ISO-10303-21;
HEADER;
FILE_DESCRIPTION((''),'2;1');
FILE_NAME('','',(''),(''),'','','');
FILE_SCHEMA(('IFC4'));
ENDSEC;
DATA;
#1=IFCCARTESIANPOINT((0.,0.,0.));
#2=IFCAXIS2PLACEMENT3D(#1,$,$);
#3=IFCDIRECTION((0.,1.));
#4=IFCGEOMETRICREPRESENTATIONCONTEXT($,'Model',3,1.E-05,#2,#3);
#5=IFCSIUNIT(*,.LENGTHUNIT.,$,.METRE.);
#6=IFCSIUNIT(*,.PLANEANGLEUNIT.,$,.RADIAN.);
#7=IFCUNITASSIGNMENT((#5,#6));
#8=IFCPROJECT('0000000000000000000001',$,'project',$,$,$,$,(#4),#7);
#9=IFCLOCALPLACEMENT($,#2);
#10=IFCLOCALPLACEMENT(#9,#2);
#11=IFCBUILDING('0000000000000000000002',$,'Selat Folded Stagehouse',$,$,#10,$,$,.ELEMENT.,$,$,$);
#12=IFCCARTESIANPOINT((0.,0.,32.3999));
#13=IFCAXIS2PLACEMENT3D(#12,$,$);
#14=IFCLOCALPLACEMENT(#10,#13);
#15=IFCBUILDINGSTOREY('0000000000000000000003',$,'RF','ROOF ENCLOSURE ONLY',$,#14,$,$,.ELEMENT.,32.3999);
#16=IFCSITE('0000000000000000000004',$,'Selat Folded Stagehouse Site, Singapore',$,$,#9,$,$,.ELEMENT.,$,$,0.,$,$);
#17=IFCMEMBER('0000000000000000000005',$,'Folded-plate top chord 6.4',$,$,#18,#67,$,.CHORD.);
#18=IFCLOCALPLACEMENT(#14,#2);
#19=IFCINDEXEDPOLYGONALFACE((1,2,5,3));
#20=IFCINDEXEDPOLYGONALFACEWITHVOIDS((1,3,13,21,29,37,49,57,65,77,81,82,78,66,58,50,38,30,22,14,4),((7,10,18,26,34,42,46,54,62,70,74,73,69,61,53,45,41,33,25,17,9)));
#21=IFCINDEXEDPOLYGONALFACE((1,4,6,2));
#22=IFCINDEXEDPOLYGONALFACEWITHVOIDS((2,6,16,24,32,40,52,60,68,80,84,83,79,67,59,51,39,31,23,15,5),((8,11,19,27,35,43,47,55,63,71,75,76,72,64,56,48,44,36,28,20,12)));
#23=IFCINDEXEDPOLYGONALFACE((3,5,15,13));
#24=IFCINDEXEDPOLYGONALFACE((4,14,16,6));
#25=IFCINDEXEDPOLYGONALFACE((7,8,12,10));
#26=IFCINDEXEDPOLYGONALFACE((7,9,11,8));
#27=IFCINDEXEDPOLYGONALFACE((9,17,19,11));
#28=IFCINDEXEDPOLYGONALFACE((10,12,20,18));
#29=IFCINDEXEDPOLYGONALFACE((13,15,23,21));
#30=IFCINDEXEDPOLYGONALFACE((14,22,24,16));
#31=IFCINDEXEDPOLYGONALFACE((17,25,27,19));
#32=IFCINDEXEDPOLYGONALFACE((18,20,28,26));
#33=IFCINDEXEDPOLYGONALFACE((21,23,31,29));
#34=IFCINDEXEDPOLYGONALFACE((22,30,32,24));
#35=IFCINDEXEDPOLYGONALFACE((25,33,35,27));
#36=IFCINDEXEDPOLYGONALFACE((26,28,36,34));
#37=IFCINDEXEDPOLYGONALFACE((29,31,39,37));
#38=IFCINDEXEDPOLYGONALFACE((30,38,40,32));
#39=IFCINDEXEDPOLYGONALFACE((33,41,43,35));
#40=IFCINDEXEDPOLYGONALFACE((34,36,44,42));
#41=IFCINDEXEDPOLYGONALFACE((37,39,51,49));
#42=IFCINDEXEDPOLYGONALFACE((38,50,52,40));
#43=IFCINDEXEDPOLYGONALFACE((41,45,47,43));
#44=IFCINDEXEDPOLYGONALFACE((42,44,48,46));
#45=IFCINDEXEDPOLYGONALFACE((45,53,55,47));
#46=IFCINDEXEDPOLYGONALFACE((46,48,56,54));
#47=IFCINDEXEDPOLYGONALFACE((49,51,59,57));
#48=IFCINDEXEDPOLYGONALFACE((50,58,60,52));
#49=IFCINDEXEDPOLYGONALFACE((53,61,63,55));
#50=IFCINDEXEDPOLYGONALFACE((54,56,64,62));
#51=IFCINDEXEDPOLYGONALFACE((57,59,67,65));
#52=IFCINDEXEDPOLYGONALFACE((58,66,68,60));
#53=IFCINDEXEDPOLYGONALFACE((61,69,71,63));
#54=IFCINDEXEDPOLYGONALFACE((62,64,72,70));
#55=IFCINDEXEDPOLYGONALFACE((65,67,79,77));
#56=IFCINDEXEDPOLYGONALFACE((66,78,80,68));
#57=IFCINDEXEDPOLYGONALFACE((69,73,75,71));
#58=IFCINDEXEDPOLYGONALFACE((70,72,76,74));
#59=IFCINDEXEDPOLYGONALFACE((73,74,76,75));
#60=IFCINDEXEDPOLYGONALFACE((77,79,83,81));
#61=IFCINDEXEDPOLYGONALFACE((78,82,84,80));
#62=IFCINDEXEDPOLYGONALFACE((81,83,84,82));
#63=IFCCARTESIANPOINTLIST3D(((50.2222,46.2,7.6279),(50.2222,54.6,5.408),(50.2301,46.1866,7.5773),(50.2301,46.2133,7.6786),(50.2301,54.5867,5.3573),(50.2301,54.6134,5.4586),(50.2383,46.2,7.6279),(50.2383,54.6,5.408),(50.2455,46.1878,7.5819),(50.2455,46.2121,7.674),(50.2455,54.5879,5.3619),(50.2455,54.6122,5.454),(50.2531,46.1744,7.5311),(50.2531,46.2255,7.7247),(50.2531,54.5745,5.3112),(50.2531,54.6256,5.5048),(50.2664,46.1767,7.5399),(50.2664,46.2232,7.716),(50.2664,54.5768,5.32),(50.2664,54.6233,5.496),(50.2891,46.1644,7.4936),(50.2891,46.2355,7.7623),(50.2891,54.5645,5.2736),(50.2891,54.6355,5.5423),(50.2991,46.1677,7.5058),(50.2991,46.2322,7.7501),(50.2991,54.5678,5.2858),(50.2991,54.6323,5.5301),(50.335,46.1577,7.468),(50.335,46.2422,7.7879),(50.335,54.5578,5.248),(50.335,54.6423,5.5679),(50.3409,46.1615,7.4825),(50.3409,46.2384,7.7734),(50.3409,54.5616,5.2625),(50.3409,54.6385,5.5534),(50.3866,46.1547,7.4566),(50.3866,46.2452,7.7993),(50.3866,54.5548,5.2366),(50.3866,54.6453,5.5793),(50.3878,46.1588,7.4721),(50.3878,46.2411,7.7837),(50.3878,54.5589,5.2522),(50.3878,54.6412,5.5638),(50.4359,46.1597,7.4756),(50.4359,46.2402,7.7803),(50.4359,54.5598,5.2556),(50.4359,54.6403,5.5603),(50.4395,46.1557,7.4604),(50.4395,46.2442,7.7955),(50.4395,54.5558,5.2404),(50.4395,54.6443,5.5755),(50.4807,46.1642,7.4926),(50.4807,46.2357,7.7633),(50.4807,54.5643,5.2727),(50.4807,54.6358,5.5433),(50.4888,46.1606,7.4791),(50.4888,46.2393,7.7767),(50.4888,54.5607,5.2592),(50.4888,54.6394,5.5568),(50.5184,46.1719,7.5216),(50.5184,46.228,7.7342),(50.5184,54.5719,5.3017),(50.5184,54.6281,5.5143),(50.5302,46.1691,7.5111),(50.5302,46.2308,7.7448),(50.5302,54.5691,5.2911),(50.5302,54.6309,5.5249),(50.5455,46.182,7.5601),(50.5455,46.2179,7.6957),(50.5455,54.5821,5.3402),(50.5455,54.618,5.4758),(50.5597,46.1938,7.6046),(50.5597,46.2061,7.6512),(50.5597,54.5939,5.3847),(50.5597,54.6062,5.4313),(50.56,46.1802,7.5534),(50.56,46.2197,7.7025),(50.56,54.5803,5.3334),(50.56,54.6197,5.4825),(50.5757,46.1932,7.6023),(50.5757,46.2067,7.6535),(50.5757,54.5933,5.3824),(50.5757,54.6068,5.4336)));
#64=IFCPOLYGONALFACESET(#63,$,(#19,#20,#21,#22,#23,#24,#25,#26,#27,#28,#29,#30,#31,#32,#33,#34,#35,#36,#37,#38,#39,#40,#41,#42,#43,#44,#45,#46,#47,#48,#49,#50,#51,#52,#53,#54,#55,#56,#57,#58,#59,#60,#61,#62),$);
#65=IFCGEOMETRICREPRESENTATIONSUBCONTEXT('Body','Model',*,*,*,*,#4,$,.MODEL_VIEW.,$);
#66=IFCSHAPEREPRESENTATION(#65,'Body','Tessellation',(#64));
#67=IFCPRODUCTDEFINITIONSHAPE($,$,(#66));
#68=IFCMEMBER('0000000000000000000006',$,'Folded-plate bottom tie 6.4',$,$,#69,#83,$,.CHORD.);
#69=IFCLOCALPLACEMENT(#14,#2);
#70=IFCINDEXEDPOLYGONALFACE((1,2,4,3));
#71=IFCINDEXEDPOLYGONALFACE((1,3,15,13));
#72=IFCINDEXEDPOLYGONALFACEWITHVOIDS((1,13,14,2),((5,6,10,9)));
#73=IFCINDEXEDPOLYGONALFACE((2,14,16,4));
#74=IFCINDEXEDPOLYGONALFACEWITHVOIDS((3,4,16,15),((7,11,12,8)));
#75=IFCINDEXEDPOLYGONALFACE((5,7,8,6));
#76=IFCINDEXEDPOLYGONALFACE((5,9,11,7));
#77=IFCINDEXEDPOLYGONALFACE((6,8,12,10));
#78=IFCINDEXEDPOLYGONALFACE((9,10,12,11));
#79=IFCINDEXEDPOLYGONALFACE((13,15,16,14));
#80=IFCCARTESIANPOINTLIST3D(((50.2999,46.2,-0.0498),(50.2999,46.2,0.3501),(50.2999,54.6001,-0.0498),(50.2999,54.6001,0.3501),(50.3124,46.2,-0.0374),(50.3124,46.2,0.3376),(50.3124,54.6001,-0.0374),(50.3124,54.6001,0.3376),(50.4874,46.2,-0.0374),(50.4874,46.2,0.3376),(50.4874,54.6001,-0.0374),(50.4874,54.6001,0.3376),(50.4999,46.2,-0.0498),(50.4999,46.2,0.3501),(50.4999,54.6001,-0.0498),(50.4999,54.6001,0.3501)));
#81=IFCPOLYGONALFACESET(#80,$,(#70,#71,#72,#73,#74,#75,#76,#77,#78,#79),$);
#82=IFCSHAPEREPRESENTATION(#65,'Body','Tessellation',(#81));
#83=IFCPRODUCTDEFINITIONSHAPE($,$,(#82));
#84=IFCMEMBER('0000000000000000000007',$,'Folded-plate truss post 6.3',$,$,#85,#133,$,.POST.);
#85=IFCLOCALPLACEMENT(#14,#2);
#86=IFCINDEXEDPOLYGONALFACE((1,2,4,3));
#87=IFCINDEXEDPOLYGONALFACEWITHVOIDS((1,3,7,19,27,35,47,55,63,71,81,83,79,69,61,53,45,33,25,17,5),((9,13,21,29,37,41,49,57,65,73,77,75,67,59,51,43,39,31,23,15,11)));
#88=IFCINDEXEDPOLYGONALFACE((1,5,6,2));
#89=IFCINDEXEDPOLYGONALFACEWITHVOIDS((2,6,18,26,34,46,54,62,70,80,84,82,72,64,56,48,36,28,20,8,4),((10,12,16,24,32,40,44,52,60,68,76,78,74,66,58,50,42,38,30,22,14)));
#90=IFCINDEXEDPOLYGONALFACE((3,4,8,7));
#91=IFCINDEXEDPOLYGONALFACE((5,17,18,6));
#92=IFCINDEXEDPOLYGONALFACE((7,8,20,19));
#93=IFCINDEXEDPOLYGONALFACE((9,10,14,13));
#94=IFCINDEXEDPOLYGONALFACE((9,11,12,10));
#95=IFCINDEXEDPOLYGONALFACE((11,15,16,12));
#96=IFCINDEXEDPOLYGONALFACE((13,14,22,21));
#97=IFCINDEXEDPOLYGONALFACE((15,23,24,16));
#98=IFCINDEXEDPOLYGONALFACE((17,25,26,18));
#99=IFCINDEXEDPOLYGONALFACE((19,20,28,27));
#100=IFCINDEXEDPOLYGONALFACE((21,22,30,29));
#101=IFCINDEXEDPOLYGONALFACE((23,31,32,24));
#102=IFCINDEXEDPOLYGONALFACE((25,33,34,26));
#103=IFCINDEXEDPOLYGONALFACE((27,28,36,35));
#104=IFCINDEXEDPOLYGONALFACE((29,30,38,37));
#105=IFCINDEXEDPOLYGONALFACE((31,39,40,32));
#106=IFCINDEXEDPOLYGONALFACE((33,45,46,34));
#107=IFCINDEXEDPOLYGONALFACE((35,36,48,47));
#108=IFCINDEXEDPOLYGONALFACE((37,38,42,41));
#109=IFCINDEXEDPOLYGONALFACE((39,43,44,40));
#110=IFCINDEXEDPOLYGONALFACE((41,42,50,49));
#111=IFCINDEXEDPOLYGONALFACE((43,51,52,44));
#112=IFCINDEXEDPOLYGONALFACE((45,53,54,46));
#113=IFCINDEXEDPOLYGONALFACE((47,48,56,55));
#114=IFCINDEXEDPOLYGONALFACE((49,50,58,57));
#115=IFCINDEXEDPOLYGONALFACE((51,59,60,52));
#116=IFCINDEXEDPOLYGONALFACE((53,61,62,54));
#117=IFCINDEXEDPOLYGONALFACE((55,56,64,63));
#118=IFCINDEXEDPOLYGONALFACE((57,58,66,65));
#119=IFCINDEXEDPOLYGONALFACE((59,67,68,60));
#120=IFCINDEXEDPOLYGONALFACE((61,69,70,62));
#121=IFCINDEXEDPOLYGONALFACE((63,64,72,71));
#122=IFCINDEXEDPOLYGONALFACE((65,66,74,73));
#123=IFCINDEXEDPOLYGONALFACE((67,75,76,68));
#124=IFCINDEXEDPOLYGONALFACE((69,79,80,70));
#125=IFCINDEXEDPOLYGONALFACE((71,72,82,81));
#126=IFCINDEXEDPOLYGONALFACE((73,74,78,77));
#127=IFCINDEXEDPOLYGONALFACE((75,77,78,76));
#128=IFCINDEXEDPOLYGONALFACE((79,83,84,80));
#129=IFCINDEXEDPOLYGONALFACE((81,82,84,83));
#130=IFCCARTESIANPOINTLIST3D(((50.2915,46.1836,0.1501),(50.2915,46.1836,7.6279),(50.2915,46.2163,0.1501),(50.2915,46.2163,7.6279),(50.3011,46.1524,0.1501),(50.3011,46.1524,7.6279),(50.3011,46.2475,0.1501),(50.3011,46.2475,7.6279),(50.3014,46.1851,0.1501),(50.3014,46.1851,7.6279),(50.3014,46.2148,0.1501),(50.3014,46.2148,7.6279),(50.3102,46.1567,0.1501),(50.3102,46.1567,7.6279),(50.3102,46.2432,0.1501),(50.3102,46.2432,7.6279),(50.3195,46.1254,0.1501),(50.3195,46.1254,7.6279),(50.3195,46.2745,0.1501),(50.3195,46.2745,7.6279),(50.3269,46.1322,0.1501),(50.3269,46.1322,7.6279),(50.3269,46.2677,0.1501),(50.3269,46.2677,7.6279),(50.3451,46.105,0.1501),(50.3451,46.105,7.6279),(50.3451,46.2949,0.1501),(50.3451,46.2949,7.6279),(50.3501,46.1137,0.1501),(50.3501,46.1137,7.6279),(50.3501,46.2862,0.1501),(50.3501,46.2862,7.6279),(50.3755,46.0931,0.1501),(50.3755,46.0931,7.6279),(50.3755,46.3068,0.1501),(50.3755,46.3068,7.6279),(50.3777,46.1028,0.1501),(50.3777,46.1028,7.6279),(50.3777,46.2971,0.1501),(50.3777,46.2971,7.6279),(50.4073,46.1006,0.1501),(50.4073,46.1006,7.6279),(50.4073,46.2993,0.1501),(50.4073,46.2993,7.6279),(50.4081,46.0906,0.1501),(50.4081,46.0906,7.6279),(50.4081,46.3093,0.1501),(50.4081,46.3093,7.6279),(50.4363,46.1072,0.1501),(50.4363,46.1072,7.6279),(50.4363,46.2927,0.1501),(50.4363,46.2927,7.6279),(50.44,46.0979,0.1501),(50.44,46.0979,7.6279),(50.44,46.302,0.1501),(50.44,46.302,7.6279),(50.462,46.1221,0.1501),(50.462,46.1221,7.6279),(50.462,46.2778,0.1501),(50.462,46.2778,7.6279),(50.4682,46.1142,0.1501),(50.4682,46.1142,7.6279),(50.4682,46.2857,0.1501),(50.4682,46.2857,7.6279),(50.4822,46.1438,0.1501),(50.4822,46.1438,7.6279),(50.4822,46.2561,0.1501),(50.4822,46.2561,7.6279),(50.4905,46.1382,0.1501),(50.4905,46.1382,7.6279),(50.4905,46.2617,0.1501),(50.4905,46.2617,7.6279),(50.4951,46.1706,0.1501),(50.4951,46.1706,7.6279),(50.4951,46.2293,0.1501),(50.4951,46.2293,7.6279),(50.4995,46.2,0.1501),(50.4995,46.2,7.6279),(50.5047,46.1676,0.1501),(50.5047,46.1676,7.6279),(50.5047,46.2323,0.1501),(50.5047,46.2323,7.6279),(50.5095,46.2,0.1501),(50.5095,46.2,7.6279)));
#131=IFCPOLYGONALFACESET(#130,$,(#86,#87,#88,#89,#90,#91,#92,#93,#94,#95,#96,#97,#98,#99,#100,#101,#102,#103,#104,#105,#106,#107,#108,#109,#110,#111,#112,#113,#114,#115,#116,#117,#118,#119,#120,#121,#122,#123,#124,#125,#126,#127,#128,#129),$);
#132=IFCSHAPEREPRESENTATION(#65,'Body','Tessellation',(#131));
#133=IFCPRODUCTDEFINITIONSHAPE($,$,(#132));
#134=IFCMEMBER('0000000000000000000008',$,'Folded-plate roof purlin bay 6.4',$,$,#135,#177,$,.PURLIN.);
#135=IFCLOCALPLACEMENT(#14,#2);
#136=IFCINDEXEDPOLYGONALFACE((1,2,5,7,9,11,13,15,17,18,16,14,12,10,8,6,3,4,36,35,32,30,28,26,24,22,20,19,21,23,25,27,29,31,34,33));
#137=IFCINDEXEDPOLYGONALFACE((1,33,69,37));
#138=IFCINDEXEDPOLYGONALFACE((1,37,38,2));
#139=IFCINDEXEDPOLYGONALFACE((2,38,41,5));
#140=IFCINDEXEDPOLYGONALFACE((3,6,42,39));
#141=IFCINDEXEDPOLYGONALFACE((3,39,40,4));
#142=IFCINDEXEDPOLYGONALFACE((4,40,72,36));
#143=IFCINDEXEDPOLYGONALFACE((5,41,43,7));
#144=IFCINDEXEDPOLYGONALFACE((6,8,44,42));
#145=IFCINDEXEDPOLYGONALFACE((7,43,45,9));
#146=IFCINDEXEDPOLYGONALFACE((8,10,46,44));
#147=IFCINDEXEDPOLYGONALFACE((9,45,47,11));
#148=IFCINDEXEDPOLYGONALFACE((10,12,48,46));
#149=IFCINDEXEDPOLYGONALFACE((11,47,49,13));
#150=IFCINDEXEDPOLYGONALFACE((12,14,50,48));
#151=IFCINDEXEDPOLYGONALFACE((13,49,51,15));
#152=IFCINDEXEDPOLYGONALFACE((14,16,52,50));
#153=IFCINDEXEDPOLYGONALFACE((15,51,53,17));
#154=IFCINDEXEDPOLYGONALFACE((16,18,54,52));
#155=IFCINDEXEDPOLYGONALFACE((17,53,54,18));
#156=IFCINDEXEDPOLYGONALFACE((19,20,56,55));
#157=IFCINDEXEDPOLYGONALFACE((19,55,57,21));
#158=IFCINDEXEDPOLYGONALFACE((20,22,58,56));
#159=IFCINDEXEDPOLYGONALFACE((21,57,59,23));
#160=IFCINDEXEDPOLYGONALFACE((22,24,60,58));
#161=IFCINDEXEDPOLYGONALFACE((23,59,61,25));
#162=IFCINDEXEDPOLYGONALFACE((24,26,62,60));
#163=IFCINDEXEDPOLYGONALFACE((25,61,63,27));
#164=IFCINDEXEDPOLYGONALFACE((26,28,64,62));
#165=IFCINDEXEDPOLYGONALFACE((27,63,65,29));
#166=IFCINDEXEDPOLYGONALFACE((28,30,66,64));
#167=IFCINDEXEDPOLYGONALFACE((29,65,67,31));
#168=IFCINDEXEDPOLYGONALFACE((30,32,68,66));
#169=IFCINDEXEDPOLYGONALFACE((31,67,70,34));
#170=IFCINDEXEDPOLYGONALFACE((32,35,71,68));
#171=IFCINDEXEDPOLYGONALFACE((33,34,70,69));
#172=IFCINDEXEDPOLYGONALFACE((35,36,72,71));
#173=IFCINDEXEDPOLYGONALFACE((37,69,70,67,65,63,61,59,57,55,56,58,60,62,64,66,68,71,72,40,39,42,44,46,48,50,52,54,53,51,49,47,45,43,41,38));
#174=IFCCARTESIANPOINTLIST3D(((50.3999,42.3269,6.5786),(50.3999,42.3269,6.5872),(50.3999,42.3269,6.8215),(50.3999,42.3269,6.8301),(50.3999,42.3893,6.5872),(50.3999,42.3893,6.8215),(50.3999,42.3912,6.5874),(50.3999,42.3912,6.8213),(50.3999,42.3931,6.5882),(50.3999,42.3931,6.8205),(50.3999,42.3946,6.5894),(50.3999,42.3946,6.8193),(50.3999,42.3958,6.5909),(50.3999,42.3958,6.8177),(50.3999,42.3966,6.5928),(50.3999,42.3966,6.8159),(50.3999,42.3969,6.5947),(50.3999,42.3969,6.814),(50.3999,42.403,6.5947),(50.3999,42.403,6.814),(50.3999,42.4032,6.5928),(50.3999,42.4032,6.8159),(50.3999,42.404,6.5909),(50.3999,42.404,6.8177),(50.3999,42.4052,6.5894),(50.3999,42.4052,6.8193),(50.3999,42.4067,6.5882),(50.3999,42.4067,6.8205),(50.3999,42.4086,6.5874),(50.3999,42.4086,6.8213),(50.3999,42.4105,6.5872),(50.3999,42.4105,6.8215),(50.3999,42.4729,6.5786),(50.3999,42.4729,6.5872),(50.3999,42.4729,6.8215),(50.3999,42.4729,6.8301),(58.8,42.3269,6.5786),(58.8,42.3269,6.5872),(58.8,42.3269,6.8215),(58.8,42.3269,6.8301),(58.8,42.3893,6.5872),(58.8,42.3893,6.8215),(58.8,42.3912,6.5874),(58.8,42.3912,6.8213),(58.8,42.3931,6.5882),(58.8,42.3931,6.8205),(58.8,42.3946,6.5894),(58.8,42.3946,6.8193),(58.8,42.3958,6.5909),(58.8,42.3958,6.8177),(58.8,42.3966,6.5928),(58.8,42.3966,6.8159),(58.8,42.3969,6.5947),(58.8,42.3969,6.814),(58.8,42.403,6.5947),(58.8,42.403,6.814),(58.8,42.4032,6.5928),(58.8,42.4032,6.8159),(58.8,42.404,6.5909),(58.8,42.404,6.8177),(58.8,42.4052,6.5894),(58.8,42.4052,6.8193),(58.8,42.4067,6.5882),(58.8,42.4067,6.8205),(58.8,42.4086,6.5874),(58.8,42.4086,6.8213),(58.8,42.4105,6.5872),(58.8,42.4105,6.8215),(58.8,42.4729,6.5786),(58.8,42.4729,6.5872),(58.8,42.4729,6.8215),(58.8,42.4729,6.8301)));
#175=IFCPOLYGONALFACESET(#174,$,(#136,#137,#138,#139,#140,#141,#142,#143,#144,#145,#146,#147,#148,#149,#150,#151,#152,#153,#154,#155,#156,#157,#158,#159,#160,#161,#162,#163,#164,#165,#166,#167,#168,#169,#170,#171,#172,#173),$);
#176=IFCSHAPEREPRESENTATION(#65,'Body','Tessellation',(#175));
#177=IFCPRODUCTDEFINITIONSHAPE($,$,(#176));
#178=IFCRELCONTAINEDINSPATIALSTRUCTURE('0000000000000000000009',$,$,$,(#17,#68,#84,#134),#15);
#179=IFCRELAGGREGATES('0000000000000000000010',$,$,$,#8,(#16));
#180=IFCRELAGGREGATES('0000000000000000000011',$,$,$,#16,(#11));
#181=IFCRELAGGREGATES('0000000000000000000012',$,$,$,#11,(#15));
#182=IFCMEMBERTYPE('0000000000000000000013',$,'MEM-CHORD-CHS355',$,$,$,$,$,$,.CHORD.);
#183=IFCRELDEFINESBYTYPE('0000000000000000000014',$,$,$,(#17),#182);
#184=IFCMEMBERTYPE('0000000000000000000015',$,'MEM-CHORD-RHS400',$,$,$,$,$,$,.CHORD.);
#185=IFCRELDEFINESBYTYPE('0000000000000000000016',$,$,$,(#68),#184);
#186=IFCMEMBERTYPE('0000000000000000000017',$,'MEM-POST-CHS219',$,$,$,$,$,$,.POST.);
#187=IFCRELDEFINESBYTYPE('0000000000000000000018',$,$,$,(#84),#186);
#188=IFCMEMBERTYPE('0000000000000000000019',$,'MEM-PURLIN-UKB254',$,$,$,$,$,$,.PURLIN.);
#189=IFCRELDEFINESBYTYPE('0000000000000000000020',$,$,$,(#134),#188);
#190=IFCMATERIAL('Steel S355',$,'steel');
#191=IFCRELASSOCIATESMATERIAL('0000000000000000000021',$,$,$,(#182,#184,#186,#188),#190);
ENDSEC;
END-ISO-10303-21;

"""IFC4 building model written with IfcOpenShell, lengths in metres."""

from ifc_helpers import new_model, si_unit, direction, frame, origin, origin_2d, place, context, subcontext, project, spatial, hollow_rectangle, hollow_circle, i_section, extrude, material, material_profile, profile_set, type_object, element, save


model = new_model("IFC4")

# Units and contexts
model_context = context("Model", 3, precision=1e-05, world=origin(), true_north=direction((0.0, 1.0)))
body_context = subcontext(model_context, "Body", "Model", "MODEL_VIEW")
ifc_project = project(units=[si_unit("LENGTHUNIT", "METRE"), si_unit("PLANEANGLEUNIT", "RADIAN")], contexts=[model_context])

# Site, building, storey
site_placement = place(None, origin())
site = spatial("IfcSite", under=ifc_project, at=site_placement, Name="Selat Folded Stagehouse Site, Singapore", CompositionType="ELEMENT", RefElevation=0.0)
building_placement = place(site_placement, origin())
building = spatial("IfcBuilding", under=site, at=building_placement, Name="Selat Folded Stagehouse", CompositionType="ELEMENT")
storey_placement = place(building_placement, frame((0.0, 0.0, 32.3999)))
storey = spatial("IfcBuildingStorey", under=building, at=storey_placement, Name="RF", Description="ROOF ENCLOSURE ONLY", CompositionType="ELEMENT", Elevation=32.3999)

# Shared definitions
ifc_material_1 = material(Name="Steel S355", Category="steel")

# Members
ifc_material_profile_1 = material_profile(ifc_material_1, hollow_circle(Radius=0.1777, WallThickness=0.0161, at=origin_2d()), Name="CHS 355.6x16.0")
ifc_profile_set_1 = profile_set([ifc_material_profile_1], Name="Steel S355")
member_type_1 = type_object("IfcMemberType", Name="MEM-CHORD-CHS355", PredefinedType="CHORD", material=ifc_profile_set_1)
member_1_placement = place(storey_placement, frame((50.3999, 46.2, 7.6279), z_axis=(0.0, 0.966808, -0.255506), x_axis=(-1.0, 0.0, 0.0)))
element("IfcMember", 1, at=member_1_placement, inside=storey, type_object=member_type_1, Name="Folded-plate top chord 6.4", PredefinedType="CHORD", context=body_context, shape_type="SweptSolid", body=[
    extrude(hollow_circle(Radius=0.1777, WallThickness=0.0161, at=origin_2d()), origin(), (0.0, 0.0, 1.0), 8.6885),
])
ifc_material_profile_2 = material_profile(ifc_material_1, hollow_rectangle(XDim=0.2, YDim=0.3999, WallThickness=0.0125, at=origin_2d()), Name="RHS 400x200x12.5")
ifc_profile_set_2 = profile_set([ifc_material_profile_2], Name="Steel S355")
member_type_2 = type_object("IfcMemberType", Name="MEM-CHORD-RHS400", PredefinedType="CHORD", material=ifc_profile_set_2)
member_2_placement = place(storey_placement, frame((50.3999, 46.2, 0.1501), z_axis=(0.0, 1.0, 0.0), x_axis=(-1.0, 0.0, 0.0)))
element("IfcMember", 2, at=member_2_placement, inside=storey, type_object=member_type_2, Name="Folded-plate bottom tie 6.4", PredefinedType="CHORD", context=body_context, shape_type="SweptSolid", body=[
    extrude(hollow_rectangle(XDim=0.2, YDim=0.3999, WallThickness=0.0125, at=origin_2d()), origin(), (0.0, 0.0, 1.0), 8.4001),
])
ifc_material_profile_3 = material_profile(ifc_material_1, hollow_circle(Radius=0.1096, WallThickness=0.01, at=origin_2d()), Name="CHS 219.1x10.0")
ifc_profile_set_3 = profile_set([ifc_material_profile_3], Name="Steel S355")
member_type_3 = type_object("IfcMemberType", Name="MEM-POST-CHS219", PredefinedType="POST", material=ifc_profile_set_3)
member_3_placement = place(storey_placement, frame((50.3999, 46.2, 0.1501), z_axis=(0.0, 0.0, 1.0), x_axis=(1.0, 0.0, 0.0)))
element("IfcMember", 3, at=member_3_placement, inside=storey, type_object=member_type_3, Name="Folded-plate truss post 6.3", PredefinedType="POST", context=body_context, shape_type="SweptSolid", body=[
    extrude(hollow_circle(Radius=0.1096, WallThickness=0.01, at=origin_2d()), origin(), (0.0, 0.0, 1.0), 7.4778),
])
ifc_material_profile_4 = material_profile(ifc_material_1, i_section(OverallWidth=0.146, OverallDepth=0.2515, WebThickness=0.0061, FlangeThickness=0.0085, FilletRadius=0.0076, at=origin_2d()), Name="UKB 254x146x31")
ifc_profile_set_4 = profile_set([ifc_material_profile_4], Name="Steel S355")
member_type_4 = type_object("IfcMemberType", Name="MEM-PURLIN-UKB254", PredefinedType="PURLIN", material=ifc_profile_set_4)
for number, where, z_axis, x_axis, name in (
    (4, (50.3999, 42.3999, 6.7043), (1.0, 0.0, 0.0), (0.0, 1.0, 0.0), "Folded-plate roof purlin bay 6.4"),
):
    element("IfcMember", number, at=place(storey_placement, frame(where, z_axis=z_axis, x_axis=x_axis)), inside=storey, type_object=member_type_4, Name=name, PredefinedType="PURLIN", context=body_context, shape_type="SweptSolid", body=[
        extrude(i_section(OverallWidth=0.146, OverallDepth=0.2515, WebThickness=0.0061, FlangeThickness=0.0085, FilletRadius=0.0076, at=origin_2d()), origin(), (0.0, 0.0, 1.0), 8.4001),
    ])

save(model, "model.ifc")
